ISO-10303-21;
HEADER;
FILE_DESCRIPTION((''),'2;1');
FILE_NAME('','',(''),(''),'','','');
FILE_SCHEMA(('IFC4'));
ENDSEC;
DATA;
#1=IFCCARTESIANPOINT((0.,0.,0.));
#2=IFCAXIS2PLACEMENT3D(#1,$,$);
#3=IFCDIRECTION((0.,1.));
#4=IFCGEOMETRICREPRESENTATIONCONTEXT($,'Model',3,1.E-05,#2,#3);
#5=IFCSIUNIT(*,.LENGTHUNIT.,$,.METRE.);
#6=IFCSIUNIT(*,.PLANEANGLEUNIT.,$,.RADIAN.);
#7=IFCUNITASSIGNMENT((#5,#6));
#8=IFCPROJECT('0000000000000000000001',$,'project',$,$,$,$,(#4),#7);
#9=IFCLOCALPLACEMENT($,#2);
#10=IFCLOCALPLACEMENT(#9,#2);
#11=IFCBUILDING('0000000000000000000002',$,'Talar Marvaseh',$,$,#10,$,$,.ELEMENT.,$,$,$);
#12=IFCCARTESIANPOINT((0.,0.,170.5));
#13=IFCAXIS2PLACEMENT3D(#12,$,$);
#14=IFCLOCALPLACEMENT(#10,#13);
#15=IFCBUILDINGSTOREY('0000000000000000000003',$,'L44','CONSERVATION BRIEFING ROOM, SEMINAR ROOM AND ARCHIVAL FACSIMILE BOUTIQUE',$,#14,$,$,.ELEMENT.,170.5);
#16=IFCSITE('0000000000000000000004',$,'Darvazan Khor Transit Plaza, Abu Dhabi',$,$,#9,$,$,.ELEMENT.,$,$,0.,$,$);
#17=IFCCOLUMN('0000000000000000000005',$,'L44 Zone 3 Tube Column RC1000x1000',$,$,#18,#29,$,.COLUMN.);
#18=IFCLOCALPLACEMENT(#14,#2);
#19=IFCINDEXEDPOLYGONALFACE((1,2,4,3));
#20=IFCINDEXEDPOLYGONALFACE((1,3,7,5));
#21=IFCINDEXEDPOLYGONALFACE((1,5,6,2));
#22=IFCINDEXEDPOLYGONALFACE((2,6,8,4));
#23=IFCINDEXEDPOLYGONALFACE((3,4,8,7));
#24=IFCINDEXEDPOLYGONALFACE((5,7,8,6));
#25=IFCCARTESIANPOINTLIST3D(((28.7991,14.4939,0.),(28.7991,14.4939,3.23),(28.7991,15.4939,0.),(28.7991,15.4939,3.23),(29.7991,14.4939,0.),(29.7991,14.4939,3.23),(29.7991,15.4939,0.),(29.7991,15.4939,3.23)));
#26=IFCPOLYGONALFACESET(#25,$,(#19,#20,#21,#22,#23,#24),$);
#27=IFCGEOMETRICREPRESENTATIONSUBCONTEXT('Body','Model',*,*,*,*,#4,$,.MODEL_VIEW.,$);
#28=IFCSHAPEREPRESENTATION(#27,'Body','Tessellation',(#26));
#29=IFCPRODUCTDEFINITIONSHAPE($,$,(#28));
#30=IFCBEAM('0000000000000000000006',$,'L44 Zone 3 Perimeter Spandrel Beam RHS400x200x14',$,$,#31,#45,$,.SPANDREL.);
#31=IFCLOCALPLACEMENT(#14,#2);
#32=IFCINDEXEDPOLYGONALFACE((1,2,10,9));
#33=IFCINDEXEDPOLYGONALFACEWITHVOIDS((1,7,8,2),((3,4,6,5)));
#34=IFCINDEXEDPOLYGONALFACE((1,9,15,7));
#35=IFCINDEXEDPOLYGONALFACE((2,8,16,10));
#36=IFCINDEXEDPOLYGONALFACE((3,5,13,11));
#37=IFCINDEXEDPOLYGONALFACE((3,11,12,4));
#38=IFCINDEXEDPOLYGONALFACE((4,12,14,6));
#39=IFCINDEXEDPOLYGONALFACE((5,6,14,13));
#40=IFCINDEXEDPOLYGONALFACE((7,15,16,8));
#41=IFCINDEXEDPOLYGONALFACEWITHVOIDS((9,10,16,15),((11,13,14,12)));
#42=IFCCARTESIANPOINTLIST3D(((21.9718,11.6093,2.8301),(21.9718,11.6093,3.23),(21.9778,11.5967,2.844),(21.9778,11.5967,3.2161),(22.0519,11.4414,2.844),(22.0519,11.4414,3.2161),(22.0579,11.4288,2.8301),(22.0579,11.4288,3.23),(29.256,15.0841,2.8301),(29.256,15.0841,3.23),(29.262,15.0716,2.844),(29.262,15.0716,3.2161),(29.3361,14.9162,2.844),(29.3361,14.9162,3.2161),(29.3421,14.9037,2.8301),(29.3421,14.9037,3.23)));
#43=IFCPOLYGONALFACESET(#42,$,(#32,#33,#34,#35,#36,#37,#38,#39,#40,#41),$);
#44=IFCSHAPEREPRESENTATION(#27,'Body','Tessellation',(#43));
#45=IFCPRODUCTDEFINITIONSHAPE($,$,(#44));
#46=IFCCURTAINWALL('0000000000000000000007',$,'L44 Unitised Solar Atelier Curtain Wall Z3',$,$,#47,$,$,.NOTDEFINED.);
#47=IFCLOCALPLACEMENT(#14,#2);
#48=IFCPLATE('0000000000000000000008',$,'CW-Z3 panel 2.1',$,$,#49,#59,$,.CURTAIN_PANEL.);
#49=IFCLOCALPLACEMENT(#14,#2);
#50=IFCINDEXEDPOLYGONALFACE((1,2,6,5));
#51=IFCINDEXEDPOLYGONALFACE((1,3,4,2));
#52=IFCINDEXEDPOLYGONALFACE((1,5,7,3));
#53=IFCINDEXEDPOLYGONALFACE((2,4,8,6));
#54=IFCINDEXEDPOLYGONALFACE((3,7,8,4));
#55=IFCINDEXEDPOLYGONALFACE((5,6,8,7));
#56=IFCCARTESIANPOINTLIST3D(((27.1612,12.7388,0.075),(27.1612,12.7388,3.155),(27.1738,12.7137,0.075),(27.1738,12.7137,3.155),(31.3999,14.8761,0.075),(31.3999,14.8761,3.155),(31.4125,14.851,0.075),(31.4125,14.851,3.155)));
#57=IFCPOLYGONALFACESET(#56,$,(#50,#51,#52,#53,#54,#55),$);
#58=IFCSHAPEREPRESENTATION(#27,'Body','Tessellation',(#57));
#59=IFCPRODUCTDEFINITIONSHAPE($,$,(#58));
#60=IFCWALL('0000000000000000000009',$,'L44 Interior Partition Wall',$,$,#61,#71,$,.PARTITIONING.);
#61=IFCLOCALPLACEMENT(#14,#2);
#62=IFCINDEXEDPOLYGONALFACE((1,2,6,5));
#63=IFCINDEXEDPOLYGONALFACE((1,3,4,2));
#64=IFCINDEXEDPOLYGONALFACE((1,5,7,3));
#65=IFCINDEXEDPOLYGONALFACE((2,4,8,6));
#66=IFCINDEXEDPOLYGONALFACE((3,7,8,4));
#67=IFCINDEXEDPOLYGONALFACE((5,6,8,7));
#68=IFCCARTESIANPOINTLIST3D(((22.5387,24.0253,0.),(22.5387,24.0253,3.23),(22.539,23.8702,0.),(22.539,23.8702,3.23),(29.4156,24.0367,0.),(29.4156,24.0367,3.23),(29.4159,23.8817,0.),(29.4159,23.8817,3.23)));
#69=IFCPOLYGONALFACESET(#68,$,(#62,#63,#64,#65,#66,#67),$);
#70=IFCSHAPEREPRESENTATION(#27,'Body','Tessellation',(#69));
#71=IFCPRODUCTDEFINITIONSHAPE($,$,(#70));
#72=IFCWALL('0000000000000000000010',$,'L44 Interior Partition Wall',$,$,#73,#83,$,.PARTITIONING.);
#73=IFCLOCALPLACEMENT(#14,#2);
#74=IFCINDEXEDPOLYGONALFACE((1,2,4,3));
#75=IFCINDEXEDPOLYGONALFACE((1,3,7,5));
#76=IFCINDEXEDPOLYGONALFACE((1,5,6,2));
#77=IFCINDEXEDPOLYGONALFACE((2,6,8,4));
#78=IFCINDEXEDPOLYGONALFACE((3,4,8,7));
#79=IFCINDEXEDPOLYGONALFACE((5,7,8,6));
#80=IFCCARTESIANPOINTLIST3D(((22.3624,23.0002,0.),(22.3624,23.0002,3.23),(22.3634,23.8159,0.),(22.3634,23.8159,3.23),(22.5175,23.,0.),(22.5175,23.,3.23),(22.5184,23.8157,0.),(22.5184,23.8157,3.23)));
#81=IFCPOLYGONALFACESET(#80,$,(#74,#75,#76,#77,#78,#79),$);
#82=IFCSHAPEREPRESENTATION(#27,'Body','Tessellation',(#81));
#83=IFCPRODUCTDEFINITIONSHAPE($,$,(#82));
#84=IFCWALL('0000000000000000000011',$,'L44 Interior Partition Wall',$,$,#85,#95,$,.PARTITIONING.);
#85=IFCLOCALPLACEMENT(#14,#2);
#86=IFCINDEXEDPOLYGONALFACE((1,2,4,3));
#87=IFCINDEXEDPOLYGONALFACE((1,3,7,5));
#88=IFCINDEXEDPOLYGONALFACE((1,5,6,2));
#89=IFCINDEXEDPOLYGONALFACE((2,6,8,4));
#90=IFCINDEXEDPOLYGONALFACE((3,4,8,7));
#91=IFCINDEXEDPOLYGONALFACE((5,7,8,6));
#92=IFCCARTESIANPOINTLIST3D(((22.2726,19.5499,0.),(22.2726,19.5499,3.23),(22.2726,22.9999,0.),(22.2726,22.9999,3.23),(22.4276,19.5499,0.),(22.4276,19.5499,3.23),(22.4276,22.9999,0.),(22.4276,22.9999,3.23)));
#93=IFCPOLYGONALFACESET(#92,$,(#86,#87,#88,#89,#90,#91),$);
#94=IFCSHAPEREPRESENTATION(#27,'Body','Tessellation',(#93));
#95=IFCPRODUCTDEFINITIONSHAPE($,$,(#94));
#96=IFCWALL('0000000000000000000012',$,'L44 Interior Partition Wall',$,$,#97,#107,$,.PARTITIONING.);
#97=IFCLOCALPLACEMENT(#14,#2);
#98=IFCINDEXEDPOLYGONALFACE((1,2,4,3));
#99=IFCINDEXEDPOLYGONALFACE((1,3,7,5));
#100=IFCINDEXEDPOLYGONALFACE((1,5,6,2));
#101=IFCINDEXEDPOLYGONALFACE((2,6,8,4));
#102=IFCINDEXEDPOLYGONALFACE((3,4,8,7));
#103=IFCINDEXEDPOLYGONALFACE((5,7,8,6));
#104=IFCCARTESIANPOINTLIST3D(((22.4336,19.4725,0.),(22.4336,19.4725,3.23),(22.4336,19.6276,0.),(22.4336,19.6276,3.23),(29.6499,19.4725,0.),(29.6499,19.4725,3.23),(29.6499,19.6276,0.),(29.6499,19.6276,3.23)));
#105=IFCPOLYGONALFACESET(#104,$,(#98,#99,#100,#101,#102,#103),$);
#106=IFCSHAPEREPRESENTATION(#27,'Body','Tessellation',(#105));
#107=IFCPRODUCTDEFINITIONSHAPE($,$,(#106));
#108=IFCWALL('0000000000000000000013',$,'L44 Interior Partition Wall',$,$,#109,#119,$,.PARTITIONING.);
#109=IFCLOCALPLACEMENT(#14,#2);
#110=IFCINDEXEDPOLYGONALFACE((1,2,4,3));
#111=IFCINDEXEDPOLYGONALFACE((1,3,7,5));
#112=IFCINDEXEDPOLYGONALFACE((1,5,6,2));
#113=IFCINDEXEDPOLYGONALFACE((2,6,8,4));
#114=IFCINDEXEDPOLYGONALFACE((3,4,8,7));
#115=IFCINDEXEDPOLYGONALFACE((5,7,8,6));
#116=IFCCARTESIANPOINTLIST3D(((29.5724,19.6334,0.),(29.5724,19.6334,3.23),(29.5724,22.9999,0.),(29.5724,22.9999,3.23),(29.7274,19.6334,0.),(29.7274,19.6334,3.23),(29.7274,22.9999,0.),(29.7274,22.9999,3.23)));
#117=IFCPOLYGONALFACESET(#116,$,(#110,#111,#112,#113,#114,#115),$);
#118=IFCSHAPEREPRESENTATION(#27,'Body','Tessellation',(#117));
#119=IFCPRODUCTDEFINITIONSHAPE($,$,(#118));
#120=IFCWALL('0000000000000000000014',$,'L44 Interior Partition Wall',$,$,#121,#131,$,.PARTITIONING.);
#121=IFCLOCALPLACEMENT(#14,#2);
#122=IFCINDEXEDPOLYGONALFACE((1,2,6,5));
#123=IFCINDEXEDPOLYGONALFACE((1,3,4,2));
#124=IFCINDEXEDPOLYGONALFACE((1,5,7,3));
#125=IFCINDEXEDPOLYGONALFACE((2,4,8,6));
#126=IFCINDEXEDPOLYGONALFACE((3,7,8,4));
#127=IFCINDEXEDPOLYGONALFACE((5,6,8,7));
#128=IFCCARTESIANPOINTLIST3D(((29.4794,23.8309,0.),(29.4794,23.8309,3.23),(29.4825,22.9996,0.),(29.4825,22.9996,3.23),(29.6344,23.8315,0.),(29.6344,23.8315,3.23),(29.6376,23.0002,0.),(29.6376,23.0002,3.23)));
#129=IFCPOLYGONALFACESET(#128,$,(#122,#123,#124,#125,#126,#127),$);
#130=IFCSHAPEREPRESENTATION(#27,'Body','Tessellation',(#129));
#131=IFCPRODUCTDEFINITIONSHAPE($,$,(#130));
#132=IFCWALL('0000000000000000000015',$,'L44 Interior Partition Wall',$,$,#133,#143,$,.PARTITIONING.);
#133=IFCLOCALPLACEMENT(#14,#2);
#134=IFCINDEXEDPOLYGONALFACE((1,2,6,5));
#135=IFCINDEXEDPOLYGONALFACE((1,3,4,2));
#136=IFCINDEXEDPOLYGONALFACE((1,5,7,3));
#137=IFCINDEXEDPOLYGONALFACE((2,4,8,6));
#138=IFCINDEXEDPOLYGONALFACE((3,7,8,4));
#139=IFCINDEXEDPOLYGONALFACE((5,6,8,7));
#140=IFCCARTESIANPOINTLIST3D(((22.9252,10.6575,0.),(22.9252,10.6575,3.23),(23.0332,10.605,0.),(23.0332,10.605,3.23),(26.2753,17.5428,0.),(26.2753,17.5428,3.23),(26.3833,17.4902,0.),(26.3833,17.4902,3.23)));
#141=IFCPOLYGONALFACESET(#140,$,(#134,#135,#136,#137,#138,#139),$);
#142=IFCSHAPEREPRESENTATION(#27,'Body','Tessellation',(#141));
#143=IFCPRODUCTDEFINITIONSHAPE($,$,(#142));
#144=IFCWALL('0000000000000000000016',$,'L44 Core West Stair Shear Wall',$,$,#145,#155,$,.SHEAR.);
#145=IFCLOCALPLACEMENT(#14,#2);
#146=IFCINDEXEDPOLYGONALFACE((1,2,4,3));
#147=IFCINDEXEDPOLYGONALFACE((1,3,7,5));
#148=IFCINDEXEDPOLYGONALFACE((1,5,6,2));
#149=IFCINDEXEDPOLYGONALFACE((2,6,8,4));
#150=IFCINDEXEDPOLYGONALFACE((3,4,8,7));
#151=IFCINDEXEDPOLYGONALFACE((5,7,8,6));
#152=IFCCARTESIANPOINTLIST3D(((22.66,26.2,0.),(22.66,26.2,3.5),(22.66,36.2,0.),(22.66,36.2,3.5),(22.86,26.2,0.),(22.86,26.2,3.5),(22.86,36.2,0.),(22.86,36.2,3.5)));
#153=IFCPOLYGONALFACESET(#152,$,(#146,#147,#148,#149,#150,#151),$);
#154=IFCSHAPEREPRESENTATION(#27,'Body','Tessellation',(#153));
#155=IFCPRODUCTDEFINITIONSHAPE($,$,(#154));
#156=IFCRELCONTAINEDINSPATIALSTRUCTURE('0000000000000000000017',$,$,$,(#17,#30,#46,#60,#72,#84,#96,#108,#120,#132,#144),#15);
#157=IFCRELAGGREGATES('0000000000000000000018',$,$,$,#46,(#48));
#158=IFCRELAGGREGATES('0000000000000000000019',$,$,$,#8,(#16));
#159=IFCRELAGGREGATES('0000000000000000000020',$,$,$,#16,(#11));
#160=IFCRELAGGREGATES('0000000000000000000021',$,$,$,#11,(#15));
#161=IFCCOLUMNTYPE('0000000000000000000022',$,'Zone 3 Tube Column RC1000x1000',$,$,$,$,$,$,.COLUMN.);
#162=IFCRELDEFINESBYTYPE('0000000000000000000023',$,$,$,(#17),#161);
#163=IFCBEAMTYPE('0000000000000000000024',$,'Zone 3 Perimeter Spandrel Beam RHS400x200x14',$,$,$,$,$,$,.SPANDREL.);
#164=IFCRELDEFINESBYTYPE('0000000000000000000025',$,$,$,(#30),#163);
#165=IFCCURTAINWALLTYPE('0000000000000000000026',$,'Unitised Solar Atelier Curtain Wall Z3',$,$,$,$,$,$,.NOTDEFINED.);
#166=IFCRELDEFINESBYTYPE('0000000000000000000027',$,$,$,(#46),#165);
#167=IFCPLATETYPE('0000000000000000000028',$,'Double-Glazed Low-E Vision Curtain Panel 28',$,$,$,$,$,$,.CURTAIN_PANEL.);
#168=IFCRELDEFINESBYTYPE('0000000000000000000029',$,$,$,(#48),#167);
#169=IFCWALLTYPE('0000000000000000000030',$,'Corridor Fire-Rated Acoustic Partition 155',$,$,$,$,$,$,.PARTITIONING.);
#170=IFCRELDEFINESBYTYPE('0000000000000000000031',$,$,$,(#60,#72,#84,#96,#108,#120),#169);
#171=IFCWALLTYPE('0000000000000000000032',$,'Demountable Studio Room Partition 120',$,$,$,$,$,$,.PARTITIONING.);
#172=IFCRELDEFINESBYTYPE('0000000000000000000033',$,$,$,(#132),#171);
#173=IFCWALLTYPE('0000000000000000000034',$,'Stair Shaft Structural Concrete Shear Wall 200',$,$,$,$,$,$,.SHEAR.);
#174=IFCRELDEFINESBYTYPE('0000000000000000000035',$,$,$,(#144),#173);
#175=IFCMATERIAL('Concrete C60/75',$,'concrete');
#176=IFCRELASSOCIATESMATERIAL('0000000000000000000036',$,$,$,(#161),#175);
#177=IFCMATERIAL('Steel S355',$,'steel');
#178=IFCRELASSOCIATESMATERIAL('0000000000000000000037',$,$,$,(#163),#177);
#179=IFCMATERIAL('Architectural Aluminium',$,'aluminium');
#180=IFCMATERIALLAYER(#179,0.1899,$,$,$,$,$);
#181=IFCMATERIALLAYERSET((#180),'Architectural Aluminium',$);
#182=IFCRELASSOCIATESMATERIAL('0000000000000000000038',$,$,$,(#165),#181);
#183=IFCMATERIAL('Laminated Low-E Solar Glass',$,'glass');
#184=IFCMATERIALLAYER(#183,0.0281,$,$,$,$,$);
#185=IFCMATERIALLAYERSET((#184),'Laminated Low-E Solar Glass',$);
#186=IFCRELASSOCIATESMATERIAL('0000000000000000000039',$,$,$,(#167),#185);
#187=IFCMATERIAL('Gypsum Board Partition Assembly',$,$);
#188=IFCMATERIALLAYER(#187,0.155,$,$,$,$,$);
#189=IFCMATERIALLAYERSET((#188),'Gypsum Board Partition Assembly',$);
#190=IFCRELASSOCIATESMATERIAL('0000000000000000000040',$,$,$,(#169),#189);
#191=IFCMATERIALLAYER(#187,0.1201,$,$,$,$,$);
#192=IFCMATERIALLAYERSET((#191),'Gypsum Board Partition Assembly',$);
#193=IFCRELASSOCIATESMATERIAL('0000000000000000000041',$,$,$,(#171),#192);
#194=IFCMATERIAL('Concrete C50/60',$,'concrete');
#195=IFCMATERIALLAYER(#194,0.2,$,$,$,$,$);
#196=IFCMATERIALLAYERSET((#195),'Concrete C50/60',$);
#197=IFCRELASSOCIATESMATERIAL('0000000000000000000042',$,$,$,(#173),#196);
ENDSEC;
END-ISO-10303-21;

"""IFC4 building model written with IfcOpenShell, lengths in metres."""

from ifc_helpers import new_model, si_unit, direction, frame, frame_2d, origin, origin_2d, place, context, subcontext, project, spatial, rectangle, hollow_rectangle, extrude, source, transform, mapped, material, layer, layer_set, material_profile, profile_set, type_object, type_shapes, element, aggregate, save


model = new_model("IFC4")

# Units and contexts
model_context = context("Model", 3, precision=1e-05, world=origin(), true_north=direction((0.0, 1.0)))
body_context = subcontext(model_context, "Body", "Model", "MODEL_VIEW")
ifc_project = project(units=[si_unit("LENGTHUNIT", "METRE"), si_unit("PLANEANGLEUNIT", "RADIAN")], contexts=[model_context])

# Site, building, storey
site_placement = place(None, origin())
site = spatial("IfcSite", under=ifc_project, at=site_placement, Name="Darvazan Khor Transit Plaza, Abu Dhabi", CompositionType="ELEMENT", RefElevation=0.0)
building_placement = place(site_placement, origin())
building = spatial("IfcBuilding", under=site, at=building_placement, Name="Talar Marvaseh", CompositionType="ELEMENT")
storey_placement = place(building_placement, frame((0.0, 0.0, 170.5)))
storey = spatial("IfcBuildingStorey", under=building, at=storey_placement, Name="L44", Description="CONSERVATION BRIEFING ROOM, SEMINAR ROOM AND ARCHIVAL FACSIMILE BOUTIQUE", CompositionType="ELEMENT", Elevation=170.5)

# Column
ifc_material_1 = material(Name="Concrete C60/75", Category="concrete")
ifc_material_profile_1 = material_profile(ifc_material_1, rectangle(XDim=1.0, YDim=1.0, at=origin_2d()), Name="RC1000x1000")
ifc_profile_set_1 = profile_set([ifc_material_profile_1], Name="Concrete C60/75")
column_type = type_object("IfcColumnType", Name="Zone 3 Tube Column RC1000x1000", PredefinedType="COLUMN", material=ifc_profile_set_1)
column_placement = place(storey_placement, frame((29.2991, 14.9939, 0.0), z_axis=(0.0, 0.0, 1.0), x_axis=(1.0, 0.0, 0.0)))
element("IfcColumn", 1, at=column_placement, inside=storey, type_object=column_type, Name="L44 Zone 3 Tube Column RC1000x1000", PredefinedType="COLUMN", context=body_context, shape_type="SweptSolid", body=[
    extrude(rectangle(XDim=1.0, YDim=1.0, at=origin_2d()), origin(), (0.0, 0.0, 1.0), 3.23),
])

# Beam
ifc_material_2 = material(Name="Steel S355", Category="steel")
ifc_material_profile_2 = material_profile(ifc_material_2, hollow_rectangle(XDim=0.2, YDim=0.3999, WallThickness=0.0139, at=origin_2d()), Name="RHS400x200x14")
ifc_profile_set_2 = profile_set([ifc_material_profile_2], Name="Steel S355")
beam_type = type_object("IfcBeamType", Name="Zone 3 Perimeter Spandrel Beam RHS400x200x14", PredefinedType="SPANDREL", material=ifc_profile_set_2)
beam_placement = place(storey_placement, frame((29.2991, 14.9939, 3.03), z_axis=(-0.902562, -0.430559, 0.0), x_axis=(0.430559, -0.902562, 0.0)))
element("IfcBeam", 2, at=beam_placement, inside=storey, type_object=beam_type, Name="L44 Zone 3 Perimeter Spandrel Beam RHS400x200x14", PredefinedType="SPANDREL", context=body_context, shape_type="SweptSolid", body=[
    extrude(hollow_rectangle(XDim=0.2, YDim=0.3999, WallThickness=0.0139, at=origin_2d()), origin(), (0.0, 0.0, 1.0), 8.0706),
])

# Curtain wall, plate
ifc_material_3 = material(Name="Architectural Aluminium", Category="aluminium")
ifc_layer_1 = layer(ifc_material_3, 0.1899)
ifc_layer_set_1 = layer_set([ifc_layer_1], Name="Architectural Aluminium")
curtain_wall_type = type_object("IfcCurtainWallType", Name="Unitised Solar Atelier Curtain Wall Z3", PredefinedType="NOTDEFINED", material=ifc_layer_set_1)
curtain_wall_placement = place(storey_placement, origin())
curtain_wall = element("IfcCurtainWall", 3, at=curtain_wall_placement, inside=storey, type_object=curtain_wall_type, Name="L44 Unitised Solar Atelier Curtain Wall Z3", PredefinedType="NOTDEFINED")
ifc_material_4 = material(Name="Laminated Low-E Solar Glass", Category="glass")
ifc_layer_2 = layer(ifc_material_4, 0.0281)
ifc_layer_set_2 = layer_set([ifc_layer_2], Name="Laminated Low-E Solar Glass")
plate_type = type_object("IfcPlateType", Name="Double-Glazed Low-E Vision Curtain Panel 28", PredefinedType="CURTAIN_PANEL", material=ifc_layer_set_2)
shared_shape_1 = source(origin(), body_context, "Body", "SweptSolid", [
    extrude(rectangle(XDim=4.7471, YDim=0.0281, at=origin_2d()), origin(), (0.0, 0.0, 1.0), 3.0801),
])
type_shapes(plate_type, [shared_shape_1])
plate_placement = place(storey_placement, frame((29.2869, 13.7949, 0.075), z_axis=(0.0, 0.0, 1.0), x_axis=(-0.89291, -0.450235, 0.0)))
plate = element("IfcPlate", 4, at=plate_placement, type_object=plate_type, Name="CW-Z3 panel 2.1", PredefinedType="CURTAIN_PANEL", context=body_context, shape_type="MappedRepresentation", body=[
    mapped(shared_shape_1, transform((0.0, 0.0, 0.0), x_axis=(1.0, 0.0, 0.0), y_axis=(0.0, 1.0, 0.0), z_axis=(0.0, 0.0, 1.0), scale=1.0)),
])
aggregate(curtain_wall, [plate])

# Walls
ifc_material_5 = material(Name="Gypsum Board Partition Assembly")
ifc_layer_3 = layer(ifc_material_5, 0.155)
ifc_layer_set_3 = layer_set([ifc_layer_3], Name="Gypsum Board Partition Assembly")
wall_type_1 = type_object("IfcWallType", Name="Corridor Fire-Rated Acoustic Partition 155", PredefinedType="PARTITIONING", material=ifc_layer_set_3)
wall_1_placement = place(storey_placement, frame((29.4158, 23.9592, 0.0), z_axis=(0.0, 0.0, 1.0), x_axis=(-0.999999, -0.001669, 0.0)))
element("IfcWall", 5, at=wall_1_placement, inside=storey, type_object=wall_type_1, Name="L44 Interior Partition Wall", PredefinedType="PARTITIONING", context=body_context, shape_type="SweptSolid", body=[
    extrude(rectangle(XDim=6.877, YDim=0.155, at=frame_2d((3.4385, 0.0))), origin(), (0.0, 0.0, 1.0), 3.23),
])
wall_2_placement = place(storey_placement, frame((22.4409, 23.8157, 0.0), z_axis=(0.0, 0.0, 1.0), x_axis=(-0.001197, -0.999999, 0.0)))
element("IfcWall", 6, at=wall_2_placement, inside=storey, type_object=wall_type_1, Name="L44 Interior Partition Wall", PredefinedType="PARTITIONING", context=body_context, shape_type="SweptSolid", body=[
    extrude(rectangle(XDim=0.8157, YDim=0.155, at=frame_2d((0.4077, 0.0))), origin(), (0.0, 0.0, 1.0), 3.23),
])
wall_3_placement = place(storey_placement, frame((22.3501, 23.0, 0.0), z_axis=(0.0, 0.0, 1.0), x_axis=(0.0, -1.0, 0.0)))
element("IfcWall", 7, at=wall_3_placement, inside=storey, type_object=wall_type_1, Name="L44 Interior Partition Wall", PredefinedType="PARTITIONING", context=body_context, shape_type="SweptSolid", body=[
    extrude(rectangle(XDim=3.45, YDim=0.155, at=frame_2d((1.7251, 0.0))), origin(), (0.0, 0.0, 1.0), 3.23),
])
wall_4_placement = place(storey_placement, frame((22.4336, 19.55, 0.0), z_axis=(0.0, 0.0, 1.0), x_axis=(1.0, 0.0, 0.0)))
element("IfcWall", 8, at=wall_4_placement, inside=storey, type_object=wall_type_1, Name="L44 Interior Partition Wall", PredefinedType="PARTITIONING", context=body_context, shape_type="SweptSolid", body=[
    extrude(rectangle(XDim=7.2163, YDim=0.155, at=frame_2d((3.6082, 0.0))), origin(), (0.0, 0.0, 1.0), 3.23),
])
wall_5_placement = place(storey_placement, frame((29.6499, 19.6335, 0.0), z_axis=(0.0, 0.0, 1.0), x_axis=(0.0, 1.0, 0.0)))
element("IfcWall", 9, at=wall_5_placement, inside=storey, type_object=wall_type_1, Name="L44 Interior Partition Wall", PredefinedType="PARTITIONING", context=body_context, shape_type="SweptSolid", body=[
    extrude(rectangle(XDim=3.3665, YDim=0.155, at=frame_2d((1.6831, 0.0))), origin(), (0.0, 0.0, 1.0), 3.23),
])
wall_6_placement = place(storey_placement, frame((29.5601, 23.0, 0.0), z_axis=(0.0, 0.0, 1.0), x_axis=(-0.003818, 0.999993, 0.0)))
element("IfcWall", 10, at=wall_6_placement, inside=storey, type_object=wall_type_1, Name="L44 Interior Partition Wall", PredefinedType="PARTITIONING", context=body_context, shape_type="SweptSolid", body=[
    extrude(rectangle(XDim=0.8313, YDim=0.155, at=frame_2d((0.4155, 0.0))), origin(), (0.0, 0.0, 1.0), 3.23),
])
ifc_layer_4 = layer(ifc_material_5, 0.1201)
ifc_layer_set_4 = layer_set([ifc_layer_4], Name="Gypsum Board Partition Assembly")
wall_type_2 = type_object("IfcWallType", Name="Demountable Studio Room Partition 120", PredefinedType="PARTITIONING", material=ifc_layer_set_4)
wall_7_placement = place(storey_placement, frame((26.3293, 17.5166, 0.0), z_axis=(0.0, 0.0, 1.0), x_axis=(-0.43752, -0.899209, 0.0)))
element("IfcWall", 11, at=wall_7_placement, inside=storey, type_object=wall_type_2, Name="L44 Interior Partition Wall", PredefinedType="PARTITIONING", context=body_context, shape_type="SweptSolid", body=[
    extrude(rectangle(XDim=7.657, YDim=0.1201, at=frame_2d((3.8286, 0.0))), origin(), (0.0, 0.0, 1.0), 3.23),
])
ifc_material_6 = material(Name="Concrete C50/60", Category="concrete")
ifc_layer_5 = layer(ifc_material_6, 0.2)
ifc_layer_set_5 = layer_set([ifc_layer_5], Name="Concrete C50/60")
wall_type_3 = type_object("IfcWallType", Name="Stair Shaft Structural Concrete Shear Wall 200", PredefinedType="SHEAR", material=ifc_layer_set_5)
wall_8_placement = place(storey_placement, frame((22.76, 26.2, 0.0), z_axis=(0.0, 0.0, 1.0), x_axis=(0.0, 1.0, 0.0)))
element("IfcWall", 12, at=wall_8_placement, inside=storey, type_object=wall_type_3, Name="L44 Core West Stair Shear Wall", PredefinedType="SHEAR", context=body_context, shape_type="SweptSolid", body=[
    extrude(rectangle(XDim=10.0, YDim=0.2, at=frame_2d((5.0, 0.0))), origin(), (0.0, 0.0, 1.0), 3.5),
])

save(model, "model.ifc")
